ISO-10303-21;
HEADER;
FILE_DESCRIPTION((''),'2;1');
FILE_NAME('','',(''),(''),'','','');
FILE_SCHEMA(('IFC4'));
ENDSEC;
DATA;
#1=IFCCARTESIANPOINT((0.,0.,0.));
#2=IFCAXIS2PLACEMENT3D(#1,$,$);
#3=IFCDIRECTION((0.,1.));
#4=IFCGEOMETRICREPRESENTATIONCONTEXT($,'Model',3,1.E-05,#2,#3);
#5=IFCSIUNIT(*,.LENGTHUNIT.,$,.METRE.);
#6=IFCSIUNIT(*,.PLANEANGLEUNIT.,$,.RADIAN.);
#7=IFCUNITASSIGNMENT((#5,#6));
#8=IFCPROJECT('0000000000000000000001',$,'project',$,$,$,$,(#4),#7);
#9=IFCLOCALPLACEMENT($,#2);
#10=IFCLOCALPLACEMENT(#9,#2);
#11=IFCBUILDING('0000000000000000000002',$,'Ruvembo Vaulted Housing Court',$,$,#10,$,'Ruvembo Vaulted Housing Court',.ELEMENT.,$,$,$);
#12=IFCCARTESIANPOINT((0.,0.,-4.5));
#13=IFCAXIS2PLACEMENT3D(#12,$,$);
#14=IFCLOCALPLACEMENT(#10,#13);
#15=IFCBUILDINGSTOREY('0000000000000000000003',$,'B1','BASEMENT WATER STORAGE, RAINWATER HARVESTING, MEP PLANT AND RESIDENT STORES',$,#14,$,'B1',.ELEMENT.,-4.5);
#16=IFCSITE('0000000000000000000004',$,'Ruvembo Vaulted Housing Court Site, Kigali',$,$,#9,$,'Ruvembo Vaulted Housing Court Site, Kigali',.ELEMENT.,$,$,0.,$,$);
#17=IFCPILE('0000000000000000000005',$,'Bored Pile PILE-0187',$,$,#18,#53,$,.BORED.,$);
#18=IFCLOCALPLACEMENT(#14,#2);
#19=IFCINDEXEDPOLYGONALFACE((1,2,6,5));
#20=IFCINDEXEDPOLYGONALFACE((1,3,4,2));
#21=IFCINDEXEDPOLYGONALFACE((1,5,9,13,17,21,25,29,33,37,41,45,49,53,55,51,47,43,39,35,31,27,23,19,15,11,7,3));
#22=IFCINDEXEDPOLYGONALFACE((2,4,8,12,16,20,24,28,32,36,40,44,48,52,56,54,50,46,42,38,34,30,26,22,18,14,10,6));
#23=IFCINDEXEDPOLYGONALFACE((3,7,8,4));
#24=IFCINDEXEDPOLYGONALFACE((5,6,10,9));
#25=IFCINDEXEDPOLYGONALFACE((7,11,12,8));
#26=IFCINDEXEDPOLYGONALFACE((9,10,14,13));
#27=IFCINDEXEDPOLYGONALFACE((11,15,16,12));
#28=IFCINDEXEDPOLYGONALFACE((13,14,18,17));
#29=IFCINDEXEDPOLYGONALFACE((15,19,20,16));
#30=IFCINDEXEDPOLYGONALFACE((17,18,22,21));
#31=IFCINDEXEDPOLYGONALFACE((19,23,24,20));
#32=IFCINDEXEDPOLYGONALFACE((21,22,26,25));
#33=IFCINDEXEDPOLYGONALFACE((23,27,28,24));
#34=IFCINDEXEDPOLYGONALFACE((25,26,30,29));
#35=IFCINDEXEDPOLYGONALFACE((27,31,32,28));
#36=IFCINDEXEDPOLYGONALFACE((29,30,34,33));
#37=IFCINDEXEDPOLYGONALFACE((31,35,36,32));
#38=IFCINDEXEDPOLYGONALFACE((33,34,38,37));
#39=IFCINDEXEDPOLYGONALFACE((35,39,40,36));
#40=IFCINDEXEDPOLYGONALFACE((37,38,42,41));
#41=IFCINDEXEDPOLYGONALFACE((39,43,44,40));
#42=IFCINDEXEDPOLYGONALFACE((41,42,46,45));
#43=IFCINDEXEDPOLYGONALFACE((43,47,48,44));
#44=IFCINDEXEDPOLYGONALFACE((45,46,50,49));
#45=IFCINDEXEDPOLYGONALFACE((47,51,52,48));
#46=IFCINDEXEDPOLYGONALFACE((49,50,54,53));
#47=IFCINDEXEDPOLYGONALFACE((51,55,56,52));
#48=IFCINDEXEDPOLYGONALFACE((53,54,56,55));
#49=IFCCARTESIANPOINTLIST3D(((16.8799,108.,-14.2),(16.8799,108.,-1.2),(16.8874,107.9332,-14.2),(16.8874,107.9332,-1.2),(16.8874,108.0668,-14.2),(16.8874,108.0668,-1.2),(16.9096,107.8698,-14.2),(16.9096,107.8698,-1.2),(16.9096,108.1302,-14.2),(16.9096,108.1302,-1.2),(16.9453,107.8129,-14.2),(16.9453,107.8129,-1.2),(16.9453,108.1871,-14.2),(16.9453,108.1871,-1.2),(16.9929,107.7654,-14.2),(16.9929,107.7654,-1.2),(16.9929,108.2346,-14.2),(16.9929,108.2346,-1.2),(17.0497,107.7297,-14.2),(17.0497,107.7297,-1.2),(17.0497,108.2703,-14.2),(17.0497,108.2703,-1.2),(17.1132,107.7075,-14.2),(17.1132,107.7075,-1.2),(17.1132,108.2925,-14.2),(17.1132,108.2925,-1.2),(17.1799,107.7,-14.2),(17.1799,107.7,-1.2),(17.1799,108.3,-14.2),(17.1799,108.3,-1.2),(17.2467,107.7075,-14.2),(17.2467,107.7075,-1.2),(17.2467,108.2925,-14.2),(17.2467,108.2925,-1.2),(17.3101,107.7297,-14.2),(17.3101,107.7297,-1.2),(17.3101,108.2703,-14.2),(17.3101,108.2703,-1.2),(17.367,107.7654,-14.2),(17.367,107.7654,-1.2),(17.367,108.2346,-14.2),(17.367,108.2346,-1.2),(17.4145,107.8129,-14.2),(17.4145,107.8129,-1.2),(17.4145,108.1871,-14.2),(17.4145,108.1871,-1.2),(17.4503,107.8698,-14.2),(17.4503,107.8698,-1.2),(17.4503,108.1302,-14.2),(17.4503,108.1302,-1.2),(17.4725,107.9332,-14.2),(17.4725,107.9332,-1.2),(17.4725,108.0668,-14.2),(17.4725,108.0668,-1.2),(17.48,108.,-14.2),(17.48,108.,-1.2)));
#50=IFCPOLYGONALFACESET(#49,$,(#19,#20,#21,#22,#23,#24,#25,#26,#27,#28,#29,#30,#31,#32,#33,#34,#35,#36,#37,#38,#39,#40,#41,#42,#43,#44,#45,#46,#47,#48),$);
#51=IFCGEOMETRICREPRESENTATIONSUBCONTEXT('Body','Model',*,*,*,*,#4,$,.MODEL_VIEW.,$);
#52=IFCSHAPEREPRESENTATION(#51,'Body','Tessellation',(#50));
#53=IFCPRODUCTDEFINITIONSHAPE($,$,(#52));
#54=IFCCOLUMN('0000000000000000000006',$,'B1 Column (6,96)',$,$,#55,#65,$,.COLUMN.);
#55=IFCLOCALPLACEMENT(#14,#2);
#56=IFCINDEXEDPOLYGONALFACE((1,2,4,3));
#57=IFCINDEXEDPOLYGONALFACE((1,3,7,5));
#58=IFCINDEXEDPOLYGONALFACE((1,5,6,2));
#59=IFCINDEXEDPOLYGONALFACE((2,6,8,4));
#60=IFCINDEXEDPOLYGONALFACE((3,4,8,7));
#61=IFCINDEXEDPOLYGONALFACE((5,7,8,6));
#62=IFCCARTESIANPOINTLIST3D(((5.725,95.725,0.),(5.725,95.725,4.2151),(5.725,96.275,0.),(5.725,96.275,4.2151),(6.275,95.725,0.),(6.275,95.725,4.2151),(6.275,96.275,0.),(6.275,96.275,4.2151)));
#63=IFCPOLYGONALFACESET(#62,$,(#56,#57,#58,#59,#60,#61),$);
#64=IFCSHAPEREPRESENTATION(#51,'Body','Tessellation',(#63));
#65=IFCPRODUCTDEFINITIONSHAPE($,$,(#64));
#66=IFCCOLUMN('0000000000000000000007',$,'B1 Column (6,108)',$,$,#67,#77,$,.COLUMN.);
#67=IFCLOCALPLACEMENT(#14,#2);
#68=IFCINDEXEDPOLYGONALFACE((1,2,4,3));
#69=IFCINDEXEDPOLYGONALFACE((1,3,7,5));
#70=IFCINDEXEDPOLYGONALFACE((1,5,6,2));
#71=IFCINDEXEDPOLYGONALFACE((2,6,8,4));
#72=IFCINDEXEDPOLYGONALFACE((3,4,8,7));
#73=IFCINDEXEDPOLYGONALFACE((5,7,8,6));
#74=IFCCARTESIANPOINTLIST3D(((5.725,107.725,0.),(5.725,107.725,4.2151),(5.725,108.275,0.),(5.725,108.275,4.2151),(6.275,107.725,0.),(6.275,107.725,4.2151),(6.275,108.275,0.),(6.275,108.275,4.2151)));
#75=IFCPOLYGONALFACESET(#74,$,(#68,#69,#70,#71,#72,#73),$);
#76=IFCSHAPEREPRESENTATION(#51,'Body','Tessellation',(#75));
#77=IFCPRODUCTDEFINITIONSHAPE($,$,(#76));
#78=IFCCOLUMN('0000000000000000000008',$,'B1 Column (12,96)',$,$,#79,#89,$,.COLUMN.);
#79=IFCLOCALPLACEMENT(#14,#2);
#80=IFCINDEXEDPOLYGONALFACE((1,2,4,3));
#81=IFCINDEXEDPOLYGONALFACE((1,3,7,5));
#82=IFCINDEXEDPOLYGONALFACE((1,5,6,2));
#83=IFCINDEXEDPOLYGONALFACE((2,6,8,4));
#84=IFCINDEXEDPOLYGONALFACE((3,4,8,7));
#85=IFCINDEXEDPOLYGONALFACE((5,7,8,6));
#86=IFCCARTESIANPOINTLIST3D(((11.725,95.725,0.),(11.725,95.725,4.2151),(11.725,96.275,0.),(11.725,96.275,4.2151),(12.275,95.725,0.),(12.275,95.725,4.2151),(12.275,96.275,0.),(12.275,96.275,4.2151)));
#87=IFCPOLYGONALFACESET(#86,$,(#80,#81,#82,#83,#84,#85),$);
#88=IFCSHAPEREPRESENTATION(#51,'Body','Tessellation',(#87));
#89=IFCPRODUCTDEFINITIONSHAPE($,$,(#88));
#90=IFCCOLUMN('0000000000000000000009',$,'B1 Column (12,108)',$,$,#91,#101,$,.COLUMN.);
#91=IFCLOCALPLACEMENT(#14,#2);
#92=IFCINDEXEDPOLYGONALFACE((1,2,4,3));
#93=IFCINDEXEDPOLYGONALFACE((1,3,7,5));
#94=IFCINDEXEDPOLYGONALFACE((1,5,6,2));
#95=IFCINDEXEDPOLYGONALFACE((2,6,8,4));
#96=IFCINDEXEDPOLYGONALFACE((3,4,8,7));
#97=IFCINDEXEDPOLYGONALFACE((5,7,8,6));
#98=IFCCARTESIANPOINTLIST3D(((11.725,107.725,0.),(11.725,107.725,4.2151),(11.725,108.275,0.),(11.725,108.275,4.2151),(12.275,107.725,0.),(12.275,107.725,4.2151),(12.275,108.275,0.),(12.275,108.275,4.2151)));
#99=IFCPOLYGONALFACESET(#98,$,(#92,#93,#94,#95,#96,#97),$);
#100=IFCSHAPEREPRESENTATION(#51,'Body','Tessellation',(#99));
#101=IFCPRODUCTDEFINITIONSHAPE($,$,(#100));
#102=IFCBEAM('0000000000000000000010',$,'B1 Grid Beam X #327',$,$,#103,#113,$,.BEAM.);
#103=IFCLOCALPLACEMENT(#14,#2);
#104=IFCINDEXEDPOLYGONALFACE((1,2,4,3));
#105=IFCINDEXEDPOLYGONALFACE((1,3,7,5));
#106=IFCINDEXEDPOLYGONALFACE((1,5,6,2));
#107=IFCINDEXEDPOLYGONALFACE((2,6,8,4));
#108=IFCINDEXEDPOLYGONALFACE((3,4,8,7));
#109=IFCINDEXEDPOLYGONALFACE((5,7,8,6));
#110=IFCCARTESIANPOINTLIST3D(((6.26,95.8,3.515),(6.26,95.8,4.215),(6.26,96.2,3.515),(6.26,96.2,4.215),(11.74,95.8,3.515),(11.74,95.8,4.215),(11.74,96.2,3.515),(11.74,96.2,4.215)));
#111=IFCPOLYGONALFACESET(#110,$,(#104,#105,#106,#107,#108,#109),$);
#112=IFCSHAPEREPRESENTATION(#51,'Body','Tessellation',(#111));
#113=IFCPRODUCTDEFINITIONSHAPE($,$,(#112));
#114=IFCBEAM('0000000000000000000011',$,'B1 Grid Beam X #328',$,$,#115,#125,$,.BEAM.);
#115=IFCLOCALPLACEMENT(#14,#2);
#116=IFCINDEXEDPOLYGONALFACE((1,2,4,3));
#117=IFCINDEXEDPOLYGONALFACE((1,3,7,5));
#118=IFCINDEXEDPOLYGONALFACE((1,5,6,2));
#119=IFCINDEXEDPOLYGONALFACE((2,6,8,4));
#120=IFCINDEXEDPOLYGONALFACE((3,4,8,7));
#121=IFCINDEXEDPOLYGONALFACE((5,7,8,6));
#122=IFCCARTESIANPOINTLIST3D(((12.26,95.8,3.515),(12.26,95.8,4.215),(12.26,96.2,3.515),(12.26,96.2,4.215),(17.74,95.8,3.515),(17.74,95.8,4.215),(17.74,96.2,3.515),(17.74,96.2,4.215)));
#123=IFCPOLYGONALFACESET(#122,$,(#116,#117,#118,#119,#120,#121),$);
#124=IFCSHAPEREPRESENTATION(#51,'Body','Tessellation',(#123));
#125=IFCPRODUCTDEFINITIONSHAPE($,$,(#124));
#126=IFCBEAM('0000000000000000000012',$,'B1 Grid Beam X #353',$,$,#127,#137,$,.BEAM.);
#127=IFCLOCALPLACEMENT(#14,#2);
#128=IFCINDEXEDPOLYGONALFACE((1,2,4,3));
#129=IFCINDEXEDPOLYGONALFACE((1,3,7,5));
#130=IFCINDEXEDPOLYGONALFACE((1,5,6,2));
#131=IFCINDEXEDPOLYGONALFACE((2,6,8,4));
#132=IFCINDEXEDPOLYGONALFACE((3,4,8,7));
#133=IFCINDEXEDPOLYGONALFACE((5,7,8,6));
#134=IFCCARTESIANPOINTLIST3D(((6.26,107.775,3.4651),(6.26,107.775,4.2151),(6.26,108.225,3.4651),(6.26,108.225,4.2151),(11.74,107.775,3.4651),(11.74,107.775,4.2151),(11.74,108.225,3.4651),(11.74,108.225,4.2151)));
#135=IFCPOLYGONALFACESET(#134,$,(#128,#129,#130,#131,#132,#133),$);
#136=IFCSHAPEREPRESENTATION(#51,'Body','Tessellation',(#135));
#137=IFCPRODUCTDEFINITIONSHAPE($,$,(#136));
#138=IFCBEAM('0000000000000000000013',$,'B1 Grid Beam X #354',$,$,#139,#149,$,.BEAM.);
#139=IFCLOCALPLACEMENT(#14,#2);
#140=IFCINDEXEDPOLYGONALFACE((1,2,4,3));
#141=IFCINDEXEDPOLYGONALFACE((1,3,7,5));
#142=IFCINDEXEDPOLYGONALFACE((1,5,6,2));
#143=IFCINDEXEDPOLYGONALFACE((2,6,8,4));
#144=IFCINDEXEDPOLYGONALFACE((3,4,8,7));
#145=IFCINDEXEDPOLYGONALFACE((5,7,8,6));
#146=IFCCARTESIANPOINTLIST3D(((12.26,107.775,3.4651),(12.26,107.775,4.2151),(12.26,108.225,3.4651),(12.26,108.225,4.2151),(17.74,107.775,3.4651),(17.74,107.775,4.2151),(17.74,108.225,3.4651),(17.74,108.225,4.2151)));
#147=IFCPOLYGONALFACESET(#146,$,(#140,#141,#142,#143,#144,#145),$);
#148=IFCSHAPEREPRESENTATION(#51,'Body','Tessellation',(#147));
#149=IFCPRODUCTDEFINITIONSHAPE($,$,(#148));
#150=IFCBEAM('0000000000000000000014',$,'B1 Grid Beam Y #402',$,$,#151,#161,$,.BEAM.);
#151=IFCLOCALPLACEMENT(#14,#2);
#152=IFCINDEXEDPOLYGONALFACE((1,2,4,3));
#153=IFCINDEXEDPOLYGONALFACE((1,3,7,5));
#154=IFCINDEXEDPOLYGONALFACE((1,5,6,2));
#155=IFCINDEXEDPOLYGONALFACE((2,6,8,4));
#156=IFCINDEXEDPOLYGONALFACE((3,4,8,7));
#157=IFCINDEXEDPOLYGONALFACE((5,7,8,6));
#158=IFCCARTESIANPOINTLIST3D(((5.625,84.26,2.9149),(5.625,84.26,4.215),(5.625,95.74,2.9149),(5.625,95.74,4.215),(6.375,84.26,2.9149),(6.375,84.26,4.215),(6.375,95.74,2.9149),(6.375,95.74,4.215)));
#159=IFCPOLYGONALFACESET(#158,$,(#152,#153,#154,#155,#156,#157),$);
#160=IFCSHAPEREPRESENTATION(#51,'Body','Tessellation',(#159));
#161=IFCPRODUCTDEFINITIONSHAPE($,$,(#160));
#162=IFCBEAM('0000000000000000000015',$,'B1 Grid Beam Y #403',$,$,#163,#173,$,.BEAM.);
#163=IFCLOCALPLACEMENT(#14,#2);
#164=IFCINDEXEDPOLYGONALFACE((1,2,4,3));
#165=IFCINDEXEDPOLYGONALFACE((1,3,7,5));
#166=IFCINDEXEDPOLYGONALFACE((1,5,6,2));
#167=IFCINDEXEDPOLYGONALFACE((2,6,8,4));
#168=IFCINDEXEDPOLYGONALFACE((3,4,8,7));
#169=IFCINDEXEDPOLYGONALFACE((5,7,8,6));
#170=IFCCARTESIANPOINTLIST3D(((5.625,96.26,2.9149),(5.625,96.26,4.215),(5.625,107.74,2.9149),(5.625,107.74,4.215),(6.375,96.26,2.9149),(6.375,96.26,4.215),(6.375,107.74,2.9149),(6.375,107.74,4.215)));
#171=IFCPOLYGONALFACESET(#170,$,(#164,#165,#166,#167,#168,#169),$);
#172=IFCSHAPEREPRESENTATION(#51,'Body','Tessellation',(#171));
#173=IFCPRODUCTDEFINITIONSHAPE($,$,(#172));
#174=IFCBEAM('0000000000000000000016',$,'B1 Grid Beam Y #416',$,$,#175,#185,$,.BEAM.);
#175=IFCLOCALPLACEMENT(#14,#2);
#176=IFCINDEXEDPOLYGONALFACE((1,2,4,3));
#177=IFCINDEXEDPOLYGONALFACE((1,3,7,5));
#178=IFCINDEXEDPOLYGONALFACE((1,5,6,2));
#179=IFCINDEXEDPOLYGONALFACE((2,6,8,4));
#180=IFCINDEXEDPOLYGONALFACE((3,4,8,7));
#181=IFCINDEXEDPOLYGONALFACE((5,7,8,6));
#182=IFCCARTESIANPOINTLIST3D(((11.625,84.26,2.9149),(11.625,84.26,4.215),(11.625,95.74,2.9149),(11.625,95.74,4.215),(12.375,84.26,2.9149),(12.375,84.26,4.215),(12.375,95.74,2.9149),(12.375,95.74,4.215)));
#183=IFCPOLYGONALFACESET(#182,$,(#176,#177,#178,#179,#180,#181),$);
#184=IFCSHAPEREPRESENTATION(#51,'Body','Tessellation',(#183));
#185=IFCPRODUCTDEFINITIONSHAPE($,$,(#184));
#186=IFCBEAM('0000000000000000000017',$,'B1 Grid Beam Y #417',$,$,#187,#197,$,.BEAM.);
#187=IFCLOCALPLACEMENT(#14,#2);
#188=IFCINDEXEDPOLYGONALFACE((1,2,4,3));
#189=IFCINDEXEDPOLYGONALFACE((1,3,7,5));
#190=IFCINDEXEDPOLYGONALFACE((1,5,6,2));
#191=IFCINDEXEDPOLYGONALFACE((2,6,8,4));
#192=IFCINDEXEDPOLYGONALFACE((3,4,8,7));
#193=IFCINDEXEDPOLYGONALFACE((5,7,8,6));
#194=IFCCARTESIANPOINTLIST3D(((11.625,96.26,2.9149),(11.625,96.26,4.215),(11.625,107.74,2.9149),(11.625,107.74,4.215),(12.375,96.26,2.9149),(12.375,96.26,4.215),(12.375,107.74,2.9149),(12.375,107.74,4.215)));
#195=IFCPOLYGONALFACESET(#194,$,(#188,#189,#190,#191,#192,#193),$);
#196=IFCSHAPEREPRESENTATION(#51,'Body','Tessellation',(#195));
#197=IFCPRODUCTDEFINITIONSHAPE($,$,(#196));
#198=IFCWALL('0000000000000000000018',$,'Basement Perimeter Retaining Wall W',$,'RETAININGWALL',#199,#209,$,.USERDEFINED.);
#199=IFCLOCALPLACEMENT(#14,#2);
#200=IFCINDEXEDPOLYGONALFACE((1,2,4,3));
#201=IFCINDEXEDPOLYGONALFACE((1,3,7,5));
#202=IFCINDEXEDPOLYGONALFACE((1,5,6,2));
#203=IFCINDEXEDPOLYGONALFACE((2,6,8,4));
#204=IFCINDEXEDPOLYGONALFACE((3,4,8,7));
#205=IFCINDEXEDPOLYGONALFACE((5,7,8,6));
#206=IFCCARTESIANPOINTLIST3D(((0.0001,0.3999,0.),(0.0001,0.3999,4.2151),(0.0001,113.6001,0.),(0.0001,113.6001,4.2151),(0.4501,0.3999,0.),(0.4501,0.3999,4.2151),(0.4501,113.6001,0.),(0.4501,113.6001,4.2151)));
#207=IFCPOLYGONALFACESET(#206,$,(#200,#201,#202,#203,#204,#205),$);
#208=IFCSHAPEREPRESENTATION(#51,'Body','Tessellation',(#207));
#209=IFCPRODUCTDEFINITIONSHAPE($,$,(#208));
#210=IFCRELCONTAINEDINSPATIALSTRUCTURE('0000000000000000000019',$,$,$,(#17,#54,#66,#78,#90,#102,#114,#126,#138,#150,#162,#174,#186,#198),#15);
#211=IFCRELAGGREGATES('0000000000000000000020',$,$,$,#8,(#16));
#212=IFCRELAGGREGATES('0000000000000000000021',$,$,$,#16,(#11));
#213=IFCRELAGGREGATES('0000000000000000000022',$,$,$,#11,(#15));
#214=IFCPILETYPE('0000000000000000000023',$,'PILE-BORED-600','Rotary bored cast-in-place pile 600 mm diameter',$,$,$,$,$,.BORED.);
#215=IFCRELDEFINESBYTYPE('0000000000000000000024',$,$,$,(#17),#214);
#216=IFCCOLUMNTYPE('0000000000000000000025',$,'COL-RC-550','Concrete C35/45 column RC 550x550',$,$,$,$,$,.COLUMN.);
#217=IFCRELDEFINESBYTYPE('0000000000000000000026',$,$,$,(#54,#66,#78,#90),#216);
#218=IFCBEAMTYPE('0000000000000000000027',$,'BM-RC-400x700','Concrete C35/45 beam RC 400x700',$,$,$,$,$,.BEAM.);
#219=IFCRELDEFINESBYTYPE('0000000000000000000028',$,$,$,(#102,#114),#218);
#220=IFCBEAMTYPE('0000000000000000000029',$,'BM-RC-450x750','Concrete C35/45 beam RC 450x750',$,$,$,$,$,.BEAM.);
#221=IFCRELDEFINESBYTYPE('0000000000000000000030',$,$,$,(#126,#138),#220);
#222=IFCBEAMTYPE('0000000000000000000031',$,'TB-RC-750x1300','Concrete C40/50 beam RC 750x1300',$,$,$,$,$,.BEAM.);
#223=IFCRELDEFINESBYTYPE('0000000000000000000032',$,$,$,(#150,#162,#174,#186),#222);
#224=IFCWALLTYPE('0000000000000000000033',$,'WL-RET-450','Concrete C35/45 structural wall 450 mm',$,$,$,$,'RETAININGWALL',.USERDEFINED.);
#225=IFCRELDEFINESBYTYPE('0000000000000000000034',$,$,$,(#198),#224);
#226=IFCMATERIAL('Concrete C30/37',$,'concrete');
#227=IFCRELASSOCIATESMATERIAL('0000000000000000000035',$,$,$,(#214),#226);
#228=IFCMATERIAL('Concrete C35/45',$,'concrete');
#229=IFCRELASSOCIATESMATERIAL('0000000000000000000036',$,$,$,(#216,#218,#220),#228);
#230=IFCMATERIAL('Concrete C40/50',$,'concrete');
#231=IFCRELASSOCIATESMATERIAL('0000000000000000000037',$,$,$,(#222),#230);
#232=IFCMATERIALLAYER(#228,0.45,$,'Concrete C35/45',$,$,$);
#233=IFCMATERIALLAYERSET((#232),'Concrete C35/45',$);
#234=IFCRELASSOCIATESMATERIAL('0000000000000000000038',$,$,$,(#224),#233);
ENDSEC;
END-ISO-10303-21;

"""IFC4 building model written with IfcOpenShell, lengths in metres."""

from ifc_helpers import new_model, si_unit, direction, frame, frame_2d, origin, origin_2d, place, context, subcontext, project, spatial, rectangle, circle, extrude, material, layer, layer_set, material_profile, profile_set, type_object, element, save


model = new_model("IFC4")

# Units and contexts
model_context = context("Model", 3, precision=1e-05, world=origin(), true_north=direction((0.0, 1.0)))
body_context = subcontext(model_context, "Body", "Model", "MODEL_VIEW")
ifc_project = project(units=[si_unit("LENGTHUNIT", "METRE"), si_unit("PLANEANGLEUNIT", "RADIAN")], contexts=[model_context])

# Site, building, storey
site_placement = place(None, origin())
site = spatial("IfcSite", under=ifc_project, at=site_placement, Name="Ruvembo Vaulted Housing Court Site, Kigali", LongName="Ruvembo Vaulted Housing Court Site, Kigali", CompositionType="ELEMENT", RefElevation=0.0)
building_placement = place(site_placement, origin())
building = spatial("IfcBuilding", under=site, at=building_placement, Name="Ruvembo Vaulted Housing Court", LongName="Ruvembo Vaulted Housing Court", CompositionType="ELEMENT")
storey_placement = place(building_placement, frame((0.0, 0.0, -4.5)))
storey = spatial("IfcBuildingStorey", under=building, at=storey_placement, Name="B1", Description="BASEMENT WATER STORAGE, RAINWATER HARVESTING, MEP PLANT AND RESIDENT STORES", LongName="B1", CompositionType="ELEMENT", Elevation=-4.5)

# Shared definitions
ifc_material_1 = material(Name="Concrete C35/45", Category="concrete")

# Pile
ifc_material_2 = material(Name="Concrete C30/37", Category="concrete")
ifc_material_profile_1 = material_profile(ifc_material_2, circle(Radius=0.3, at=origin_2d()), Name="PILE D600")
ifc_profile_set_1 = profile_set([ifc_material_profile_1], Name="Concrete C30/37")
pile_type = type_object("IfcPileType", Name="PILE-BORED-600", Description="Rotary bored cast-in-place pile 600 mm diameter", PredefinedType="BORED", material=ifc_profile_set_1)
for number, where, z_axis, x_axis, name in (
    (1, (17.1799, 108.0, -1.2), (0.0, 0.0, -1.0), (1.0, 0.0, 0.0), "Bored Pile PILE-0187"),
):
    element("IfcPile", number, at=place(storey_placement, frame(where, z_axis=z_axis, x_axis=x_axis)), inside=storey, type_object=pile_type, Name=name, PredefinedType="BORED", context=body_context, shape_type="SweptSolid", body=[
        extrude(circle(Radius=0.3, at=origin_2d()), origin(), (0.0, 0.0, 1.0), 13.0),
    ])

# Columns
ifc_material_profile_2 = material_profile(ifc_material_1, rectangle(XDim=0.55, YDim=0.55, at=origin_2d()), Name="RC 550x550")
ifc_profile_set_2 = profile_set([ifc_material_profile_2], Name="Concrete C35/45")
column_type = type_object("IfcColumnType", Name="COL-RC-550", Description="Concrete C35/45 column RC 550x550", PredefinedType="COLUMN", material=ifc_profile_set_2)
for number, where, z_axis, x_axis, name in (
    (2, (6.0, 96.0, 0.0), (0.0, 0.0, 1.0), (1.0, 0.0, 0.0), "B1 Column (6,96)"),
    (3, (6.0, 108.0, 0.0), (0.0, 0.0, 1.0), (1.0, 0.0, 0.0), "B1 Column (6,108)"),
    (4, (12.0, 96.0, 0.0), (0.0, 0.0, 1.0), (1.0, 0.0, 0.0), "B1 Column (12,96)"),
    (5, (12.0, 108.0, 0.0), (0.0, 0.0, 1.0), (1.0, 0.0, 0.0), "B1 Column (12,108)"),
):
    element("IfcColumn", number, at=place(storey_placement, frame(where, z_axis=z_axis, x_axis=x_axis)), inside=storey, type_object=column_type, Name=name, PredefinedType="COLUMN", context=body_context, shape_type="SweptSolid", body=[
        extrude(rectangle(XDim=0.55, YDim=0.55, at=origin_2d()), origin(), (0.0, 0.0, 1.0), 4.2151),
    ])

# Beams
ifc_material_profile_3 = material_profile(ifc_material_1, rectangle(XDim=0.3999, YDim=0.7, at=origin_2d()), Name="RC 400x700")
ifc_profile_set_3 = profile_set([ifc_material_profile_3], Name="Concrete C35/45")
beam_type_1 = type_object("IfcBeamType", Name="BM-RC-400x700", Description="Concrete C35/45 beam RC 400x700", PredefinedType="BEAM", material=ifc_profile_set_3)
for number, where, z_axis, x_axis, name in (
    (6, (6.26, 96.0, 3.865), (1.0, 0.0, 0.0), (0.0, 1.0, 0.0), "B1 Grid Beam X #327"),
    (7, (12.26, 96.0, 3.865), (1.0, 0.0, 0.0), (0.0, 1.0, 0.0), "B1 Grid Beam X #328"),
):
    element("IfcBeam", number, at=place(storey_placement, frame(where, z_axis=z_axis, x_axis=x_axis)), inside=storey, type_object=beam_type_1, Name=name, PredefinedType="BEAM", context=body_context, shape_type="SweptSolid", body=[
        extrude(rectangle(XDim=0.3999, YDim=0.7, at=origin_2d()), origin(), (0.0, 0.0, 1.0), 5.48),
    ])
ifc_material_profile_4 = material_profile(ifc_material_1, rectangle(XDim=0.45, YDim=0.75, at=origin_2d()), Name="RC 450x750")
ifc_profile_set_4 = profile_set([ifc_material_profile_4], Name="Concrete C35/45")
beam_type_2 = type_object("IfcBeamType", Name="BM-RC-450x750", Description="Concrete C35/45 beam RC 450x750", PredefinedType="BEAM", material=ifc_profile_set_4)
for number, where, z_axis, x_axis, name in (
    (8, (6.26, 108.0, 3.8401), (1.0, 0.0, 0.0), (0.0, 1.0, 0.0), "B1 Grid Beam X #353"),
    (9, (12.26, 108.0, 3.8401), (1.0, 0.0, 0.0), (0.0, 1.0, 0.0), "B1 Grid Beam X #354"),
):
    element("IfcBeam", number, at=place(storey_placement, frame(where, z_axis=z_axis, x_axis=x_axis)), inside=storey, type_object=beam_type_2, Name=name, PredefinedType="BEAM", context=body_context, shape_type="SweptSolid", body=[
        extrude(rectangle(XDim=0.45, YDim=0.75, at=origin_2d()), origin(), (0.0, 0.0, 1.0), 5.48),
    ])
ifc_material_3 = material(Name="Concrete C40/50", Category="concrete")
ifc_material_profile_5 = material_profile(ifc_material_3, rectangle(XDim=0.75, YDim=1.3, at=origin_2d()), Name="RC 750x1300")
ifc_profile_set_5 = profile_set([ifc_material_profile_5], Name="Concrete C40/50")
beam_type_3 = type_object("IfcBeamType", Name="TB-RC-750x1300", Description="Concrete C40/50 beam RC 750x1300", PredefinedType="BEAM", material=ifc_profile_set_5)
for number, where, z_axis, x_axis, name in (
    (10, (6.0, 84.26, 3.5649), (0.0, 1.0, 0.0), (-1.0, 0.0, 0.0), "B1 Grid Beam Y #402"),
    (11, (6.0, 96.26, 3.5649), (0.0, 1.0, 0.0), (-1.0, 0.0, 0.0), "B1 Grid Beam Y #403"),
    (12, (12.0, 84.26, 3.5649), (0.0, 1.0, 0.0), (-1.0, 0.0, 0.0), "B1 Grid Beam Y #416"),
    (13, (12.0, 96.26, 3.5649), (0.0, 1.0, 0.0), (-1.0, 0.0, 0.0), "B1 Grid Beam Y #417"),
):
    element("IfcBeam", number, at=place(storey_placement, frame(where, z_axis=z_axis, x_axis=x_axis)), inside=storey, type_object=beam_type_3, Name=name, PredefinedType="BEAM", context=body_context, shape_type="SweptSolid", body=[
        extrude(rectangle(XDim=0.75, YDim=1.3, at=origin_2d()), origin(), (0.0, 0.0, 1.0), 11.48),
    ])

# Wall
ifc_layer = layer(ifc_material_1, 0.45, Name="Concrete C35/45")
ifc_layer_set = layer_set([ifc_layer], Name="Concrete C35/45")
wall_type = type_object("IfcWallType", Name="WL-RET-450", Description="Concrete C35/45 structural wall 450 mm", ElementType="RETAININGWALL", PredefinedType="USERDEFINED", material=ifc_layer_set)
wall_placement = place(storey_placement, frame((0.2251, 113.6001, 0.0), z_axis=(0.0, 0.0, 1.0), x_axis=(0.0, -1.0, 0.0)))
element("IfcWall", 14, at=wall_placement, inside=storey, type_object=wall_type, Name="Basement Perimeter Retaining Wall W", ObjectType="RETAININGWALL", PredefinedType="USERDEFINED", context=body_context, shape_type="SweptSolid", body=[
    extrude(rectangle(XDim=113.2002, YDim=0.45, at=frame_2d((56.6001, 0.0))), origin(), (0.0, 0.0, 1.0), 4.2151),
])

save(model, "model.ifc")
